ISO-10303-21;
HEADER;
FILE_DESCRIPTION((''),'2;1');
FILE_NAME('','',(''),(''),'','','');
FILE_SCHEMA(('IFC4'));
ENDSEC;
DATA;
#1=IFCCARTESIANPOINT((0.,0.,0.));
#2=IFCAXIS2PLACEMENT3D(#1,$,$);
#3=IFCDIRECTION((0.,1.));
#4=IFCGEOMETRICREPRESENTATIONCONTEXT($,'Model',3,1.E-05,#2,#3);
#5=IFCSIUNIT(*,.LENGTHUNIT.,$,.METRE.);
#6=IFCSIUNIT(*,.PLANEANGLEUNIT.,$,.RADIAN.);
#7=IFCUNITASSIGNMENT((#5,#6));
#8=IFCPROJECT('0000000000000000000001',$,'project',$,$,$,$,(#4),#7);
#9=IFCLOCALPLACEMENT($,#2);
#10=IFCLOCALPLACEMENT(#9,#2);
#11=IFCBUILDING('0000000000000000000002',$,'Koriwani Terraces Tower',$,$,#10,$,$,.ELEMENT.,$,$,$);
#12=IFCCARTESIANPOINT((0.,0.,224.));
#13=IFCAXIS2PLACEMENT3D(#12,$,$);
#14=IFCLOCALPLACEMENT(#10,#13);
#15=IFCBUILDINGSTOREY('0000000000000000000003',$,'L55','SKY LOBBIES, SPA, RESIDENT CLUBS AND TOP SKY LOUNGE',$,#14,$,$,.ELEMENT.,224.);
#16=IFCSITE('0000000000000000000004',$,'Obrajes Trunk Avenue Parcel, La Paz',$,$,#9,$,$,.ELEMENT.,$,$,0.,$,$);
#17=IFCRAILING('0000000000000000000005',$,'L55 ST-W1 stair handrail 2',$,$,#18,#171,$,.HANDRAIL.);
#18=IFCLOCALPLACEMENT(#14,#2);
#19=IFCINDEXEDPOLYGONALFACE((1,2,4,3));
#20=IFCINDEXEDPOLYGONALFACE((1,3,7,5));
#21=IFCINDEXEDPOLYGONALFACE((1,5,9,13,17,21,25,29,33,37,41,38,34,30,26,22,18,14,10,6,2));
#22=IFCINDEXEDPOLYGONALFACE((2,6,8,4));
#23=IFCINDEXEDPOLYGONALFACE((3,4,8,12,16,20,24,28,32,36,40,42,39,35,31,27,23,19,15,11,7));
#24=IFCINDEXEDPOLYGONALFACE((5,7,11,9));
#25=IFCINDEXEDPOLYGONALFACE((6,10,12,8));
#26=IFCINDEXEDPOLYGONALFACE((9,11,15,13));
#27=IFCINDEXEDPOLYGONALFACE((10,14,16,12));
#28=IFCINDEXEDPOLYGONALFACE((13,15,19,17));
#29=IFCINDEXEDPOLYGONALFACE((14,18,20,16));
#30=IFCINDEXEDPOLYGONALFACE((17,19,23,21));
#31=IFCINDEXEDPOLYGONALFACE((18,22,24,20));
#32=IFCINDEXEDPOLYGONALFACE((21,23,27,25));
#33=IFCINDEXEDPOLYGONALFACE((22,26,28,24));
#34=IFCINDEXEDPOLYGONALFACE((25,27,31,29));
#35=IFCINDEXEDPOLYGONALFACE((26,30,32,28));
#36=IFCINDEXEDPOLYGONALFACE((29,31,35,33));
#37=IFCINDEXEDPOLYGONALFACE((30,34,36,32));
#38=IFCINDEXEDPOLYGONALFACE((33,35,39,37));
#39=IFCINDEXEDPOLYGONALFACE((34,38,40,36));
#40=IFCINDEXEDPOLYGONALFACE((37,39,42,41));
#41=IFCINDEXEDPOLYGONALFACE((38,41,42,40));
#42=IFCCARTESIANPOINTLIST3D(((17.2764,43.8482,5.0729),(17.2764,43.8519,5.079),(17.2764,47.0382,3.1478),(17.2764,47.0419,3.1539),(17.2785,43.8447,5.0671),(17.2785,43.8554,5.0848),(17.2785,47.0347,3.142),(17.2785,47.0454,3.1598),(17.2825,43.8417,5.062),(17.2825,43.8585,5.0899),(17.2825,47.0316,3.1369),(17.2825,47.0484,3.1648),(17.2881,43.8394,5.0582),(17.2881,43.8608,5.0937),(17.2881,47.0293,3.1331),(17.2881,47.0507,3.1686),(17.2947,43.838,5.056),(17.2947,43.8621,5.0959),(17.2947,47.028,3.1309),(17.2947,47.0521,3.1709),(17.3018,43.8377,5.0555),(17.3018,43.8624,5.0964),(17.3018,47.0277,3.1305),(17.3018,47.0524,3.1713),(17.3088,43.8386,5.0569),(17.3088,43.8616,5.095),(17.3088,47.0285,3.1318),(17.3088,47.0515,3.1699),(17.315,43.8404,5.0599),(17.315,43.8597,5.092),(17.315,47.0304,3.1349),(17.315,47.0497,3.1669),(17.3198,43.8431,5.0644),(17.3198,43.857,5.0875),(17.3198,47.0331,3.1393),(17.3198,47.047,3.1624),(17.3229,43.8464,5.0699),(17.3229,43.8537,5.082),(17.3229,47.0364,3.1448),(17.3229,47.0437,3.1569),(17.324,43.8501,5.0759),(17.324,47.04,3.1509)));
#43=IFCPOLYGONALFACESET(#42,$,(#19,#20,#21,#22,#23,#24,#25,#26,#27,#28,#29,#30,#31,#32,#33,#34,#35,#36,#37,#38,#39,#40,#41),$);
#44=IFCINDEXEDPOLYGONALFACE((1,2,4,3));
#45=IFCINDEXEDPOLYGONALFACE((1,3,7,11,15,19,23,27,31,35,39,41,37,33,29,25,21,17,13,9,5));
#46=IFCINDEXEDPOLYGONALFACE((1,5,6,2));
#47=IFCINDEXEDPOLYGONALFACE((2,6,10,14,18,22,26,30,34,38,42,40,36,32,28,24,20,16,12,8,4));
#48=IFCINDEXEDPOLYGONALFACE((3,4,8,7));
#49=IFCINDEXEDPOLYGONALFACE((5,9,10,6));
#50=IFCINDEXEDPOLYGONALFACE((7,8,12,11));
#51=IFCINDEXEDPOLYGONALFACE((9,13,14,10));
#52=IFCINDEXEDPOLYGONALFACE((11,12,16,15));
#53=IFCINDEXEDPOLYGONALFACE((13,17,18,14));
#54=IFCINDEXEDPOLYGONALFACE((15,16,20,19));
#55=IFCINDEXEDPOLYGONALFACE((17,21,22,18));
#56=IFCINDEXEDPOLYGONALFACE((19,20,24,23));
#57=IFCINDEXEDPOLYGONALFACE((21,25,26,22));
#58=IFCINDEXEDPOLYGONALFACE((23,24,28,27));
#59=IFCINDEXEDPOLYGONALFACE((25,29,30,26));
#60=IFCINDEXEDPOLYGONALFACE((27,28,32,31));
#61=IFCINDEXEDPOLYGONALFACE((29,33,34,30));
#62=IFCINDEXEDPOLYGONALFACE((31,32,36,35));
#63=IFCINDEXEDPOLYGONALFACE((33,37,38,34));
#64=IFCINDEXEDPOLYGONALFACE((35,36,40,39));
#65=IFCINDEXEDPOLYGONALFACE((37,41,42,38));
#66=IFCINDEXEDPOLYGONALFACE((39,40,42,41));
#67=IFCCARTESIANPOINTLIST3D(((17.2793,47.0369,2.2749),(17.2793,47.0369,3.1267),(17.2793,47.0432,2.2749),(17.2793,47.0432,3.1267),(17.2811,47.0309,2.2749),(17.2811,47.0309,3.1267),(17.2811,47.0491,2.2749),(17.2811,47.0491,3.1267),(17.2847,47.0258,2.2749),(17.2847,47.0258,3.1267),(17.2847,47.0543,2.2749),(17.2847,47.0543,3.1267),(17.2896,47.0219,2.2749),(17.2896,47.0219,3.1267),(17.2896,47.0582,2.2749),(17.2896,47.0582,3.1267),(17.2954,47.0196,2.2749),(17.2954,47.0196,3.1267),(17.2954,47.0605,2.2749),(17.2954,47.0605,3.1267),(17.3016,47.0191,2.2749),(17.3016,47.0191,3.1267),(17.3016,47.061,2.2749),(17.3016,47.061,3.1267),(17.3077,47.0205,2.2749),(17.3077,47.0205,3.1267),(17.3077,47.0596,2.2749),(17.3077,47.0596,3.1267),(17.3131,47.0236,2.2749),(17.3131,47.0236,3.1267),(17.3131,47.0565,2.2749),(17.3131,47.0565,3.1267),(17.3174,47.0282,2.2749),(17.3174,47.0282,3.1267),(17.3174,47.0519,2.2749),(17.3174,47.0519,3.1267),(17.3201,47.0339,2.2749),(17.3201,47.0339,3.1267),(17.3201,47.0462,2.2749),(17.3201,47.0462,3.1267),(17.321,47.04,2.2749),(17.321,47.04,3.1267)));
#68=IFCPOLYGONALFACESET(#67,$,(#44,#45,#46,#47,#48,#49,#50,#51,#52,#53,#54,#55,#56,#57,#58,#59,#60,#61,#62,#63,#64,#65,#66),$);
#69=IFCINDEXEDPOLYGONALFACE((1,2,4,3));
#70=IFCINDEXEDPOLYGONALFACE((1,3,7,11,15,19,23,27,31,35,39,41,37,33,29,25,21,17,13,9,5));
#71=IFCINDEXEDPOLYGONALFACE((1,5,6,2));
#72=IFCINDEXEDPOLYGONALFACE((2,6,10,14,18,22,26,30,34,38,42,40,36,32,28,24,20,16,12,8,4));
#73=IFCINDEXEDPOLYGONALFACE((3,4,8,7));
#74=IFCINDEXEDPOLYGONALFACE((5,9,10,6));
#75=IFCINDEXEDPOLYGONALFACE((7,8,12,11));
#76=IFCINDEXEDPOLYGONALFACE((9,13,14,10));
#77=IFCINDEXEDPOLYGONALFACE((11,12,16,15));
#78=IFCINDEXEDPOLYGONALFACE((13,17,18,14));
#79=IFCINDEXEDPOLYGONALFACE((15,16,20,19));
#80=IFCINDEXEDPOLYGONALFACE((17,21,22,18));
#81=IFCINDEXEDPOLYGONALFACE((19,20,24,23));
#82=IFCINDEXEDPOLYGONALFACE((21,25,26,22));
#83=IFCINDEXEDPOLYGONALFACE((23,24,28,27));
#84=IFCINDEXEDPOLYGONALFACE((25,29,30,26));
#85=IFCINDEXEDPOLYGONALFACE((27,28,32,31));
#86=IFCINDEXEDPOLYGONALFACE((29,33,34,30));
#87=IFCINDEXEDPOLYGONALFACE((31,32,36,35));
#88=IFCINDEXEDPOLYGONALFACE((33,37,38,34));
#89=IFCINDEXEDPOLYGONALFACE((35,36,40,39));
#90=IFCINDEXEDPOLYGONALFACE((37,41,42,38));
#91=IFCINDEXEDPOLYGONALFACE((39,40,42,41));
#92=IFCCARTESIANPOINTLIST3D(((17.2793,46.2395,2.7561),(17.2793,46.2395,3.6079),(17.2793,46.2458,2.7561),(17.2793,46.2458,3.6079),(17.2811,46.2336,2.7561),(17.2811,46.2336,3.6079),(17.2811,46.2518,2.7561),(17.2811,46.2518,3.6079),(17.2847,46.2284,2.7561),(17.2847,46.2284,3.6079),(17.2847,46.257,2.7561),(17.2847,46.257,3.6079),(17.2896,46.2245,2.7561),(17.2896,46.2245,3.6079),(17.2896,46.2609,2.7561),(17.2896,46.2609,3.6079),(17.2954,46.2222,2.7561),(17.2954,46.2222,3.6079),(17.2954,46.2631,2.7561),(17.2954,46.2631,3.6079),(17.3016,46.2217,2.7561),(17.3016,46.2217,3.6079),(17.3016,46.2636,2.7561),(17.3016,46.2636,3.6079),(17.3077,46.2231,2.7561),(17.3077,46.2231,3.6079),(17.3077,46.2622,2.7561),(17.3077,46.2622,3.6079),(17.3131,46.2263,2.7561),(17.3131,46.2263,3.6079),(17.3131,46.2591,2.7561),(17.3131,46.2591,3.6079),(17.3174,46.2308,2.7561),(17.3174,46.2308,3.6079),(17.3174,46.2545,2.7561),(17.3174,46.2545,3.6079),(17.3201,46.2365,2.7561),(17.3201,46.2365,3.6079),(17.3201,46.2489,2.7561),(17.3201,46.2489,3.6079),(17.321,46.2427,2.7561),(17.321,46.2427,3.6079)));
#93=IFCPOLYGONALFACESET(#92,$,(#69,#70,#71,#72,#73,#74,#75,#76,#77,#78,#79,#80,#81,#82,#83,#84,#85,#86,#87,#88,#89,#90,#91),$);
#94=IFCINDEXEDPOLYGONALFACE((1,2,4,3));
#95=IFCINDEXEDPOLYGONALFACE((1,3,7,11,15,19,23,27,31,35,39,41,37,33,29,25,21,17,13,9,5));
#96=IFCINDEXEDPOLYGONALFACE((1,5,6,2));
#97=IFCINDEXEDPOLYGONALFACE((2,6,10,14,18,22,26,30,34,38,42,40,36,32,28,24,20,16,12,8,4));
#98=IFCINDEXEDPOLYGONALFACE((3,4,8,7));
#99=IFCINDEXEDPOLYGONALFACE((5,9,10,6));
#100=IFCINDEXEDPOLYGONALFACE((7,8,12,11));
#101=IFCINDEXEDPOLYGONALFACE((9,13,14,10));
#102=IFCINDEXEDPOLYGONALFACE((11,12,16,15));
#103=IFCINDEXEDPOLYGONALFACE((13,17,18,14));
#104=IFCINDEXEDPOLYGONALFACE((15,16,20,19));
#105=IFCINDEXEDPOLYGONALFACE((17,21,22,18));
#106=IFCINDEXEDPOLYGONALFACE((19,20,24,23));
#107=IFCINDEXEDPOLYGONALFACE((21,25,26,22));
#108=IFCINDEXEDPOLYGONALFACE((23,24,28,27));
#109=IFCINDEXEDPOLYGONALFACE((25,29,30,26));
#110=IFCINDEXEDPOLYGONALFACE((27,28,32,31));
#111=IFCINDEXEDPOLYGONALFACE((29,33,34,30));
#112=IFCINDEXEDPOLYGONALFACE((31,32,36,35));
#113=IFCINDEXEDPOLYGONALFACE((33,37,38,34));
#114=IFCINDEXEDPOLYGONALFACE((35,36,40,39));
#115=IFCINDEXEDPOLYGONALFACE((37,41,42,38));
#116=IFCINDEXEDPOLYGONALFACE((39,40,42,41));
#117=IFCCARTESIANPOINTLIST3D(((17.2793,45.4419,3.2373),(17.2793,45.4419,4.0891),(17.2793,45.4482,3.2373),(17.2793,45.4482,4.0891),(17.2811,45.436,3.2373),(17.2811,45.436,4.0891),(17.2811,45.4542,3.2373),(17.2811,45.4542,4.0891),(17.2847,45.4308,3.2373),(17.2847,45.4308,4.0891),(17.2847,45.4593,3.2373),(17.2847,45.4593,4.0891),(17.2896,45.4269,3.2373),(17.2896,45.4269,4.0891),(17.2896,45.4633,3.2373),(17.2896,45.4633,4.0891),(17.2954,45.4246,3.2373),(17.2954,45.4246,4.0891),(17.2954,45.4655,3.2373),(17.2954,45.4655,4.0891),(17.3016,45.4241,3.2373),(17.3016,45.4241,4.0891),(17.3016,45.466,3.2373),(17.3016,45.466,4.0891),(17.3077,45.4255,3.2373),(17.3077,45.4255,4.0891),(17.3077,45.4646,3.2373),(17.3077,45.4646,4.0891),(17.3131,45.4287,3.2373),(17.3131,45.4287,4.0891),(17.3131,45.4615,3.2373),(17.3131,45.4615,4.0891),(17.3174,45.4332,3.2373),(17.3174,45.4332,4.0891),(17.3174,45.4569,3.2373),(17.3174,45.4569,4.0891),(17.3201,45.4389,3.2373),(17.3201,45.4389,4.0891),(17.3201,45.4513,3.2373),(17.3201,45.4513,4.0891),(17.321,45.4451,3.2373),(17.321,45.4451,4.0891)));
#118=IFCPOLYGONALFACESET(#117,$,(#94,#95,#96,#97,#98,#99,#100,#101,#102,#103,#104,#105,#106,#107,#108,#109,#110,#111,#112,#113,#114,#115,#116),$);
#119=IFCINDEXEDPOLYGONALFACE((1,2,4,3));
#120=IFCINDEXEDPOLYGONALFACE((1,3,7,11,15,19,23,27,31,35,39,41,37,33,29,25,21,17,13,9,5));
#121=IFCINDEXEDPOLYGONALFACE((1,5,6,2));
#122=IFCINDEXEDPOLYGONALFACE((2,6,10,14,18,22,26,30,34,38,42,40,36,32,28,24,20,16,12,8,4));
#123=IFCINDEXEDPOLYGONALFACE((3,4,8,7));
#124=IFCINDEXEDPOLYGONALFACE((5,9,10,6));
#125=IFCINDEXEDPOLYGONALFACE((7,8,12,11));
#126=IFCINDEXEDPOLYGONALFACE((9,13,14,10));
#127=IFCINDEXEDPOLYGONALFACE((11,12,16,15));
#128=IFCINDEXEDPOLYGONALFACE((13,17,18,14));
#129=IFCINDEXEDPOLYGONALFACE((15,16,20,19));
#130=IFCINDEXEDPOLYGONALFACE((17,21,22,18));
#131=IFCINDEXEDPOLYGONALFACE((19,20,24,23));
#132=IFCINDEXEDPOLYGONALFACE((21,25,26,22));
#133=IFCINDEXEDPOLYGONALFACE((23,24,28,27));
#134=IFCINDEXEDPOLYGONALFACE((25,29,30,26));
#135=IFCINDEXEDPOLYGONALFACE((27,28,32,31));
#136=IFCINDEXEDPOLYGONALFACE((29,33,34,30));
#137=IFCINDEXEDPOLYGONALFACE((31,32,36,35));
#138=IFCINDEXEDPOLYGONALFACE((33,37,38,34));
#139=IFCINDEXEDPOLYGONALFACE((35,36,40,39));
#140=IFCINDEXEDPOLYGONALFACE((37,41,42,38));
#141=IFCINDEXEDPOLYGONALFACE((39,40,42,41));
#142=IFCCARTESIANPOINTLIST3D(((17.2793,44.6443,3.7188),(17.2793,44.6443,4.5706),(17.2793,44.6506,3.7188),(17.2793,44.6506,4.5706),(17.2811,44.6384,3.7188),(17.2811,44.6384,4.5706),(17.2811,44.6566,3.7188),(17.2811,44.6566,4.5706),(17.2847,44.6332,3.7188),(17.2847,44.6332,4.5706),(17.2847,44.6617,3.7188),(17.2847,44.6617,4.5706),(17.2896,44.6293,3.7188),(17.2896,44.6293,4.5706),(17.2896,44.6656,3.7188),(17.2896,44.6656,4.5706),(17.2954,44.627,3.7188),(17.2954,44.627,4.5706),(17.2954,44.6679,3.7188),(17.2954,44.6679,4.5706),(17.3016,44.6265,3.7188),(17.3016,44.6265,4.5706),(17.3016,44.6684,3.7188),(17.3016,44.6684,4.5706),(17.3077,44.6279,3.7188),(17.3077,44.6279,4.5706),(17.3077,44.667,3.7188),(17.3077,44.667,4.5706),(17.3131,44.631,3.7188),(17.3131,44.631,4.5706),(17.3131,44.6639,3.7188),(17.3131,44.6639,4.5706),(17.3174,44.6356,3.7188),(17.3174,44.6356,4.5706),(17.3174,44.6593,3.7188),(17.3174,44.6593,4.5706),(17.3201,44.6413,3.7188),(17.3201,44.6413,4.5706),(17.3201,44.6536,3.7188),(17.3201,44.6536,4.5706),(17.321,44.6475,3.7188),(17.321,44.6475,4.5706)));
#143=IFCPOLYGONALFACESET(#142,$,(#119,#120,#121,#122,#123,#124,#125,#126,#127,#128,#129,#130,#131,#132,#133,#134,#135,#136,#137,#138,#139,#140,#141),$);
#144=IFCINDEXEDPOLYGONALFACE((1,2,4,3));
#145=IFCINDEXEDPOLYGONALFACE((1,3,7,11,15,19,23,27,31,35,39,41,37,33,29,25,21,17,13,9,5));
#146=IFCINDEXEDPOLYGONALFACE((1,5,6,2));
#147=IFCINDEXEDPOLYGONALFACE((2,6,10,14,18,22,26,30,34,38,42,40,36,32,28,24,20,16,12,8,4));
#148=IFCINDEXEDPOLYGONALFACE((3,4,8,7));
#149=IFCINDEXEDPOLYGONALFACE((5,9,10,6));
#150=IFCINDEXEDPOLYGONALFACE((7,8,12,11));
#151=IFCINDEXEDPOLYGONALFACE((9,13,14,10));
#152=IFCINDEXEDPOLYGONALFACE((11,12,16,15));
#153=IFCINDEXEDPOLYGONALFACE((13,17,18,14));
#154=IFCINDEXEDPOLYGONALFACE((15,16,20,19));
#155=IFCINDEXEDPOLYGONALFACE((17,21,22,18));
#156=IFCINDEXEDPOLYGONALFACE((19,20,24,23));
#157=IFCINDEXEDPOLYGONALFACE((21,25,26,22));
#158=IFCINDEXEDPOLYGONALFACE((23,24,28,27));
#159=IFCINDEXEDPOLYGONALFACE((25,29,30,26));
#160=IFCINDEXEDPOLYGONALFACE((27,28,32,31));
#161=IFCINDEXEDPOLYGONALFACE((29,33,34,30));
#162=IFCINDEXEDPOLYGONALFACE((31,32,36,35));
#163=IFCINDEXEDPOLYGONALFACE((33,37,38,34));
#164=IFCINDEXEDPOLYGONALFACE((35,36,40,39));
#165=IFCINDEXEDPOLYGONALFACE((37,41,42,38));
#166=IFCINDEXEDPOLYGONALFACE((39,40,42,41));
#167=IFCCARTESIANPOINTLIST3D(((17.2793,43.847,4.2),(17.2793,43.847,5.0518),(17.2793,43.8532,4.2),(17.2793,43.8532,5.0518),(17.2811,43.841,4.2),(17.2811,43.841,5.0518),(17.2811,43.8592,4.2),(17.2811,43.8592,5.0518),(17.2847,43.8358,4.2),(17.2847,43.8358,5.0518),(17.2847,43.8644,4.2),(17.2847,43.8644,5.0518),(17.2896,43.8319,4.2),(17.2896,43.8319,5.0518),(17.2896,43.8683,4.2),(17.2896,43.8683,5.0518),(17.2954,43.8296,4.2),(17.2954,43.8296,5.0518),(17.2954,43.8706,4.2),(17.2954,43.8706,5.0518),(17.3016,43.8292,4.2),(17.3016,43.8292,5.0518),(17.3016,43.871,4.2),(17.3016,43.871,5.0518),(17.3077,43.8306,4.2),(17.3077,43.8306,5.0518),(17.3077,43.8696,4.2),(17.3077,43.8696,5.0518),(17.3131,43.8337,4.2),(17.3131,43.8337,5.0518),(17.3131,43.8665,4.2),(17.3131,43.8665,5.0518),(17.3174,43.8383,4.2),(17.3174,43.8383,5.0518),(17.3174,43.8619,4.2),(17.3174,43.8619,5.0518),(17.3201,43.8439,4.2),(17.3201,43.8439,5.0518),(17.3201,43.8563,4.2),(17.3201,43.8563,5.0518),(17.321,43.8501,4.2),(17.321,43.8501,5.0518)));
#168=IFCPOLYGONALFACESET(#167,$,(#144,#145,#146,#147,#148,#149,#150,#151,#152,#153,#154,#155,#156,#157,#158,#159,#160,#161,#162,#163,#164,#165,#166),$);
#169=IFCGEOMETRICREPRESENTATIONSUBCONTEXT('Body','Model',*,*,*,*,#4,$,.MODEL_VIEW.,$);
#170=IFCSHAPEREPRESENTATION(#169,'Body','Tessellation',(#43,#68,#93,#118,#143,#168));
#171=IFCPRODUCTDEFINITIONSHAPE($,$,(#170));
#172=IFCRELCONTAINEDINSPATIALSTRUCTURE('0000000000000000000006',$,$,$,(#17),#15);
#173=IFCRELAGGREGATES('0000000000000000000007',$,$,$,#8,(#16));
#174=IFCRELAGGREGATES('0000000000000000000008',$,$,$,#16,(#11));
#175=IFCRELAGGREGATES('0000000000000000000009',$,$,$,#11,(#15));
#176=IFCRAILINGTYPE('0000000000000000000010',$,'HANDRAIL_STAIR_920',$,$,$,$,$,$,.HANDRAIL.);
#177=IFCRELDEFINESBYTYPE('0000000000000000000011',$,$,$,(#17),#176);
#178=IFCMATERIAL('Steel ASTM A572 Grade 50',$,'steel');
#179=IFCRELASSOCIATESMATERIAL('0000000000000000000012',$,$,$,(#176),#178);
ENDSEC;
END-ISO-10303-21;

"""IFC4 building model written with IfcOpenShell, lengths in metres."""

from ifc_helpers import new_model, si_unit, direction, frame, origin, origin_2d, place, context, subcontext, project, spatial, circle, extrude, material, type_object, element, save


model = new_model("IFC4")

# Units and contexts
model_context = context("Model", 3, precision=1e-05, world=origin(), true_north=direction((0.0, 1.0)))
body_context = subcontext(model_context, "Body", "Model", "MODEL_VIEW")
ifc_project = project(units=[si_unit("LENGTHUNIT", "METRE"), si_unit("PLANEANGLEUNIT", "RADIAN")], contexts=[model_context])

# Site, building, storey
site_placement = place(None, origin())
site = spatial("IfcSite", under=ifc_project, at=site_placement, Name="Obrajes Trunk Avenue Parcel, La Paz", CompositionType="ELEMENT", RefElevation=0.0)
building_placement = place(site_placement, origin())
building = spatial("IfcBuilding", under=site, at=building_placement, Name="Koriwani Terraces Tower", CompositionType="ELEMENT")
storey_placement = place(building_placement, frame((0.0, 0.0, 224.0)))
storey = spatial("IfcBuildingStorey", under=building, at=storey_placement, Name="L55", Description="SKY LOBBIES, SPA, RESIDENT CLUBS AND TOP SKY LOUNGE", CompositionType="ELEMENT", Elevation=224.0)

# Shared definitions
ifc_material_1 = material(Name="Steel ASTM A572 Grade 50", Category="steel")

# Railing
railing_type_1 = type_object("IfcRailingType", Name="HANDRAIL_STAIR_920", PredefinedType="HANDRAIL", material=ifc_material_1)
railing_1_placement = place(storey_placement, frame((17.3, 47.04, 2.2749)))
element("IfcRailing", 1, at=railing_1_placement, inside=storey, type_object=railing_type_1, Name="L55 ST-W1 stair handrail 2", PredefinedType="HANDRAIL", context=body_context, shape_type="SweptSolid", body=[
    extrude(circle(Radius=0.0239, at=origin_2d()), frame((0.0, 0.0, 0.876), z_axis=(0.0, -0.856178, 0.516682), x_axis=(1.0, 0.0, 0.0)), (0.0, 0.0, 1.0), 3.7258),
    extrude(circle(Radius=0.021, at=origin_2d()), origin(), (0.0, 0.0, 1.0), 0.8518),
    extrude(circle(Radius=0.021, at=origin_2d()), frame((0.0, -0.7974, 0.4812)), (0.0, 0.0, 1.0), 0.8518),
    extrude(circle(Radius=0.021, at=origin_2d()), frame((0.0, -1.595, 0.9624)), (0.0, 0.0, 1.0), 0.8518),
    extrude(circle(Radius=0.021, at=origin_2d()), frame((0.0, -2.3926, 1.4438)), (0.0, 0.0, 1.0), 0.8518),
    extrude(circle(Radius=0.021, at=origin_2d()), frame((0.0, -3.1899, 1.925)), (0.0, 0.0, 1.0), 0.8518),
])

save(model, "model.ifc")
